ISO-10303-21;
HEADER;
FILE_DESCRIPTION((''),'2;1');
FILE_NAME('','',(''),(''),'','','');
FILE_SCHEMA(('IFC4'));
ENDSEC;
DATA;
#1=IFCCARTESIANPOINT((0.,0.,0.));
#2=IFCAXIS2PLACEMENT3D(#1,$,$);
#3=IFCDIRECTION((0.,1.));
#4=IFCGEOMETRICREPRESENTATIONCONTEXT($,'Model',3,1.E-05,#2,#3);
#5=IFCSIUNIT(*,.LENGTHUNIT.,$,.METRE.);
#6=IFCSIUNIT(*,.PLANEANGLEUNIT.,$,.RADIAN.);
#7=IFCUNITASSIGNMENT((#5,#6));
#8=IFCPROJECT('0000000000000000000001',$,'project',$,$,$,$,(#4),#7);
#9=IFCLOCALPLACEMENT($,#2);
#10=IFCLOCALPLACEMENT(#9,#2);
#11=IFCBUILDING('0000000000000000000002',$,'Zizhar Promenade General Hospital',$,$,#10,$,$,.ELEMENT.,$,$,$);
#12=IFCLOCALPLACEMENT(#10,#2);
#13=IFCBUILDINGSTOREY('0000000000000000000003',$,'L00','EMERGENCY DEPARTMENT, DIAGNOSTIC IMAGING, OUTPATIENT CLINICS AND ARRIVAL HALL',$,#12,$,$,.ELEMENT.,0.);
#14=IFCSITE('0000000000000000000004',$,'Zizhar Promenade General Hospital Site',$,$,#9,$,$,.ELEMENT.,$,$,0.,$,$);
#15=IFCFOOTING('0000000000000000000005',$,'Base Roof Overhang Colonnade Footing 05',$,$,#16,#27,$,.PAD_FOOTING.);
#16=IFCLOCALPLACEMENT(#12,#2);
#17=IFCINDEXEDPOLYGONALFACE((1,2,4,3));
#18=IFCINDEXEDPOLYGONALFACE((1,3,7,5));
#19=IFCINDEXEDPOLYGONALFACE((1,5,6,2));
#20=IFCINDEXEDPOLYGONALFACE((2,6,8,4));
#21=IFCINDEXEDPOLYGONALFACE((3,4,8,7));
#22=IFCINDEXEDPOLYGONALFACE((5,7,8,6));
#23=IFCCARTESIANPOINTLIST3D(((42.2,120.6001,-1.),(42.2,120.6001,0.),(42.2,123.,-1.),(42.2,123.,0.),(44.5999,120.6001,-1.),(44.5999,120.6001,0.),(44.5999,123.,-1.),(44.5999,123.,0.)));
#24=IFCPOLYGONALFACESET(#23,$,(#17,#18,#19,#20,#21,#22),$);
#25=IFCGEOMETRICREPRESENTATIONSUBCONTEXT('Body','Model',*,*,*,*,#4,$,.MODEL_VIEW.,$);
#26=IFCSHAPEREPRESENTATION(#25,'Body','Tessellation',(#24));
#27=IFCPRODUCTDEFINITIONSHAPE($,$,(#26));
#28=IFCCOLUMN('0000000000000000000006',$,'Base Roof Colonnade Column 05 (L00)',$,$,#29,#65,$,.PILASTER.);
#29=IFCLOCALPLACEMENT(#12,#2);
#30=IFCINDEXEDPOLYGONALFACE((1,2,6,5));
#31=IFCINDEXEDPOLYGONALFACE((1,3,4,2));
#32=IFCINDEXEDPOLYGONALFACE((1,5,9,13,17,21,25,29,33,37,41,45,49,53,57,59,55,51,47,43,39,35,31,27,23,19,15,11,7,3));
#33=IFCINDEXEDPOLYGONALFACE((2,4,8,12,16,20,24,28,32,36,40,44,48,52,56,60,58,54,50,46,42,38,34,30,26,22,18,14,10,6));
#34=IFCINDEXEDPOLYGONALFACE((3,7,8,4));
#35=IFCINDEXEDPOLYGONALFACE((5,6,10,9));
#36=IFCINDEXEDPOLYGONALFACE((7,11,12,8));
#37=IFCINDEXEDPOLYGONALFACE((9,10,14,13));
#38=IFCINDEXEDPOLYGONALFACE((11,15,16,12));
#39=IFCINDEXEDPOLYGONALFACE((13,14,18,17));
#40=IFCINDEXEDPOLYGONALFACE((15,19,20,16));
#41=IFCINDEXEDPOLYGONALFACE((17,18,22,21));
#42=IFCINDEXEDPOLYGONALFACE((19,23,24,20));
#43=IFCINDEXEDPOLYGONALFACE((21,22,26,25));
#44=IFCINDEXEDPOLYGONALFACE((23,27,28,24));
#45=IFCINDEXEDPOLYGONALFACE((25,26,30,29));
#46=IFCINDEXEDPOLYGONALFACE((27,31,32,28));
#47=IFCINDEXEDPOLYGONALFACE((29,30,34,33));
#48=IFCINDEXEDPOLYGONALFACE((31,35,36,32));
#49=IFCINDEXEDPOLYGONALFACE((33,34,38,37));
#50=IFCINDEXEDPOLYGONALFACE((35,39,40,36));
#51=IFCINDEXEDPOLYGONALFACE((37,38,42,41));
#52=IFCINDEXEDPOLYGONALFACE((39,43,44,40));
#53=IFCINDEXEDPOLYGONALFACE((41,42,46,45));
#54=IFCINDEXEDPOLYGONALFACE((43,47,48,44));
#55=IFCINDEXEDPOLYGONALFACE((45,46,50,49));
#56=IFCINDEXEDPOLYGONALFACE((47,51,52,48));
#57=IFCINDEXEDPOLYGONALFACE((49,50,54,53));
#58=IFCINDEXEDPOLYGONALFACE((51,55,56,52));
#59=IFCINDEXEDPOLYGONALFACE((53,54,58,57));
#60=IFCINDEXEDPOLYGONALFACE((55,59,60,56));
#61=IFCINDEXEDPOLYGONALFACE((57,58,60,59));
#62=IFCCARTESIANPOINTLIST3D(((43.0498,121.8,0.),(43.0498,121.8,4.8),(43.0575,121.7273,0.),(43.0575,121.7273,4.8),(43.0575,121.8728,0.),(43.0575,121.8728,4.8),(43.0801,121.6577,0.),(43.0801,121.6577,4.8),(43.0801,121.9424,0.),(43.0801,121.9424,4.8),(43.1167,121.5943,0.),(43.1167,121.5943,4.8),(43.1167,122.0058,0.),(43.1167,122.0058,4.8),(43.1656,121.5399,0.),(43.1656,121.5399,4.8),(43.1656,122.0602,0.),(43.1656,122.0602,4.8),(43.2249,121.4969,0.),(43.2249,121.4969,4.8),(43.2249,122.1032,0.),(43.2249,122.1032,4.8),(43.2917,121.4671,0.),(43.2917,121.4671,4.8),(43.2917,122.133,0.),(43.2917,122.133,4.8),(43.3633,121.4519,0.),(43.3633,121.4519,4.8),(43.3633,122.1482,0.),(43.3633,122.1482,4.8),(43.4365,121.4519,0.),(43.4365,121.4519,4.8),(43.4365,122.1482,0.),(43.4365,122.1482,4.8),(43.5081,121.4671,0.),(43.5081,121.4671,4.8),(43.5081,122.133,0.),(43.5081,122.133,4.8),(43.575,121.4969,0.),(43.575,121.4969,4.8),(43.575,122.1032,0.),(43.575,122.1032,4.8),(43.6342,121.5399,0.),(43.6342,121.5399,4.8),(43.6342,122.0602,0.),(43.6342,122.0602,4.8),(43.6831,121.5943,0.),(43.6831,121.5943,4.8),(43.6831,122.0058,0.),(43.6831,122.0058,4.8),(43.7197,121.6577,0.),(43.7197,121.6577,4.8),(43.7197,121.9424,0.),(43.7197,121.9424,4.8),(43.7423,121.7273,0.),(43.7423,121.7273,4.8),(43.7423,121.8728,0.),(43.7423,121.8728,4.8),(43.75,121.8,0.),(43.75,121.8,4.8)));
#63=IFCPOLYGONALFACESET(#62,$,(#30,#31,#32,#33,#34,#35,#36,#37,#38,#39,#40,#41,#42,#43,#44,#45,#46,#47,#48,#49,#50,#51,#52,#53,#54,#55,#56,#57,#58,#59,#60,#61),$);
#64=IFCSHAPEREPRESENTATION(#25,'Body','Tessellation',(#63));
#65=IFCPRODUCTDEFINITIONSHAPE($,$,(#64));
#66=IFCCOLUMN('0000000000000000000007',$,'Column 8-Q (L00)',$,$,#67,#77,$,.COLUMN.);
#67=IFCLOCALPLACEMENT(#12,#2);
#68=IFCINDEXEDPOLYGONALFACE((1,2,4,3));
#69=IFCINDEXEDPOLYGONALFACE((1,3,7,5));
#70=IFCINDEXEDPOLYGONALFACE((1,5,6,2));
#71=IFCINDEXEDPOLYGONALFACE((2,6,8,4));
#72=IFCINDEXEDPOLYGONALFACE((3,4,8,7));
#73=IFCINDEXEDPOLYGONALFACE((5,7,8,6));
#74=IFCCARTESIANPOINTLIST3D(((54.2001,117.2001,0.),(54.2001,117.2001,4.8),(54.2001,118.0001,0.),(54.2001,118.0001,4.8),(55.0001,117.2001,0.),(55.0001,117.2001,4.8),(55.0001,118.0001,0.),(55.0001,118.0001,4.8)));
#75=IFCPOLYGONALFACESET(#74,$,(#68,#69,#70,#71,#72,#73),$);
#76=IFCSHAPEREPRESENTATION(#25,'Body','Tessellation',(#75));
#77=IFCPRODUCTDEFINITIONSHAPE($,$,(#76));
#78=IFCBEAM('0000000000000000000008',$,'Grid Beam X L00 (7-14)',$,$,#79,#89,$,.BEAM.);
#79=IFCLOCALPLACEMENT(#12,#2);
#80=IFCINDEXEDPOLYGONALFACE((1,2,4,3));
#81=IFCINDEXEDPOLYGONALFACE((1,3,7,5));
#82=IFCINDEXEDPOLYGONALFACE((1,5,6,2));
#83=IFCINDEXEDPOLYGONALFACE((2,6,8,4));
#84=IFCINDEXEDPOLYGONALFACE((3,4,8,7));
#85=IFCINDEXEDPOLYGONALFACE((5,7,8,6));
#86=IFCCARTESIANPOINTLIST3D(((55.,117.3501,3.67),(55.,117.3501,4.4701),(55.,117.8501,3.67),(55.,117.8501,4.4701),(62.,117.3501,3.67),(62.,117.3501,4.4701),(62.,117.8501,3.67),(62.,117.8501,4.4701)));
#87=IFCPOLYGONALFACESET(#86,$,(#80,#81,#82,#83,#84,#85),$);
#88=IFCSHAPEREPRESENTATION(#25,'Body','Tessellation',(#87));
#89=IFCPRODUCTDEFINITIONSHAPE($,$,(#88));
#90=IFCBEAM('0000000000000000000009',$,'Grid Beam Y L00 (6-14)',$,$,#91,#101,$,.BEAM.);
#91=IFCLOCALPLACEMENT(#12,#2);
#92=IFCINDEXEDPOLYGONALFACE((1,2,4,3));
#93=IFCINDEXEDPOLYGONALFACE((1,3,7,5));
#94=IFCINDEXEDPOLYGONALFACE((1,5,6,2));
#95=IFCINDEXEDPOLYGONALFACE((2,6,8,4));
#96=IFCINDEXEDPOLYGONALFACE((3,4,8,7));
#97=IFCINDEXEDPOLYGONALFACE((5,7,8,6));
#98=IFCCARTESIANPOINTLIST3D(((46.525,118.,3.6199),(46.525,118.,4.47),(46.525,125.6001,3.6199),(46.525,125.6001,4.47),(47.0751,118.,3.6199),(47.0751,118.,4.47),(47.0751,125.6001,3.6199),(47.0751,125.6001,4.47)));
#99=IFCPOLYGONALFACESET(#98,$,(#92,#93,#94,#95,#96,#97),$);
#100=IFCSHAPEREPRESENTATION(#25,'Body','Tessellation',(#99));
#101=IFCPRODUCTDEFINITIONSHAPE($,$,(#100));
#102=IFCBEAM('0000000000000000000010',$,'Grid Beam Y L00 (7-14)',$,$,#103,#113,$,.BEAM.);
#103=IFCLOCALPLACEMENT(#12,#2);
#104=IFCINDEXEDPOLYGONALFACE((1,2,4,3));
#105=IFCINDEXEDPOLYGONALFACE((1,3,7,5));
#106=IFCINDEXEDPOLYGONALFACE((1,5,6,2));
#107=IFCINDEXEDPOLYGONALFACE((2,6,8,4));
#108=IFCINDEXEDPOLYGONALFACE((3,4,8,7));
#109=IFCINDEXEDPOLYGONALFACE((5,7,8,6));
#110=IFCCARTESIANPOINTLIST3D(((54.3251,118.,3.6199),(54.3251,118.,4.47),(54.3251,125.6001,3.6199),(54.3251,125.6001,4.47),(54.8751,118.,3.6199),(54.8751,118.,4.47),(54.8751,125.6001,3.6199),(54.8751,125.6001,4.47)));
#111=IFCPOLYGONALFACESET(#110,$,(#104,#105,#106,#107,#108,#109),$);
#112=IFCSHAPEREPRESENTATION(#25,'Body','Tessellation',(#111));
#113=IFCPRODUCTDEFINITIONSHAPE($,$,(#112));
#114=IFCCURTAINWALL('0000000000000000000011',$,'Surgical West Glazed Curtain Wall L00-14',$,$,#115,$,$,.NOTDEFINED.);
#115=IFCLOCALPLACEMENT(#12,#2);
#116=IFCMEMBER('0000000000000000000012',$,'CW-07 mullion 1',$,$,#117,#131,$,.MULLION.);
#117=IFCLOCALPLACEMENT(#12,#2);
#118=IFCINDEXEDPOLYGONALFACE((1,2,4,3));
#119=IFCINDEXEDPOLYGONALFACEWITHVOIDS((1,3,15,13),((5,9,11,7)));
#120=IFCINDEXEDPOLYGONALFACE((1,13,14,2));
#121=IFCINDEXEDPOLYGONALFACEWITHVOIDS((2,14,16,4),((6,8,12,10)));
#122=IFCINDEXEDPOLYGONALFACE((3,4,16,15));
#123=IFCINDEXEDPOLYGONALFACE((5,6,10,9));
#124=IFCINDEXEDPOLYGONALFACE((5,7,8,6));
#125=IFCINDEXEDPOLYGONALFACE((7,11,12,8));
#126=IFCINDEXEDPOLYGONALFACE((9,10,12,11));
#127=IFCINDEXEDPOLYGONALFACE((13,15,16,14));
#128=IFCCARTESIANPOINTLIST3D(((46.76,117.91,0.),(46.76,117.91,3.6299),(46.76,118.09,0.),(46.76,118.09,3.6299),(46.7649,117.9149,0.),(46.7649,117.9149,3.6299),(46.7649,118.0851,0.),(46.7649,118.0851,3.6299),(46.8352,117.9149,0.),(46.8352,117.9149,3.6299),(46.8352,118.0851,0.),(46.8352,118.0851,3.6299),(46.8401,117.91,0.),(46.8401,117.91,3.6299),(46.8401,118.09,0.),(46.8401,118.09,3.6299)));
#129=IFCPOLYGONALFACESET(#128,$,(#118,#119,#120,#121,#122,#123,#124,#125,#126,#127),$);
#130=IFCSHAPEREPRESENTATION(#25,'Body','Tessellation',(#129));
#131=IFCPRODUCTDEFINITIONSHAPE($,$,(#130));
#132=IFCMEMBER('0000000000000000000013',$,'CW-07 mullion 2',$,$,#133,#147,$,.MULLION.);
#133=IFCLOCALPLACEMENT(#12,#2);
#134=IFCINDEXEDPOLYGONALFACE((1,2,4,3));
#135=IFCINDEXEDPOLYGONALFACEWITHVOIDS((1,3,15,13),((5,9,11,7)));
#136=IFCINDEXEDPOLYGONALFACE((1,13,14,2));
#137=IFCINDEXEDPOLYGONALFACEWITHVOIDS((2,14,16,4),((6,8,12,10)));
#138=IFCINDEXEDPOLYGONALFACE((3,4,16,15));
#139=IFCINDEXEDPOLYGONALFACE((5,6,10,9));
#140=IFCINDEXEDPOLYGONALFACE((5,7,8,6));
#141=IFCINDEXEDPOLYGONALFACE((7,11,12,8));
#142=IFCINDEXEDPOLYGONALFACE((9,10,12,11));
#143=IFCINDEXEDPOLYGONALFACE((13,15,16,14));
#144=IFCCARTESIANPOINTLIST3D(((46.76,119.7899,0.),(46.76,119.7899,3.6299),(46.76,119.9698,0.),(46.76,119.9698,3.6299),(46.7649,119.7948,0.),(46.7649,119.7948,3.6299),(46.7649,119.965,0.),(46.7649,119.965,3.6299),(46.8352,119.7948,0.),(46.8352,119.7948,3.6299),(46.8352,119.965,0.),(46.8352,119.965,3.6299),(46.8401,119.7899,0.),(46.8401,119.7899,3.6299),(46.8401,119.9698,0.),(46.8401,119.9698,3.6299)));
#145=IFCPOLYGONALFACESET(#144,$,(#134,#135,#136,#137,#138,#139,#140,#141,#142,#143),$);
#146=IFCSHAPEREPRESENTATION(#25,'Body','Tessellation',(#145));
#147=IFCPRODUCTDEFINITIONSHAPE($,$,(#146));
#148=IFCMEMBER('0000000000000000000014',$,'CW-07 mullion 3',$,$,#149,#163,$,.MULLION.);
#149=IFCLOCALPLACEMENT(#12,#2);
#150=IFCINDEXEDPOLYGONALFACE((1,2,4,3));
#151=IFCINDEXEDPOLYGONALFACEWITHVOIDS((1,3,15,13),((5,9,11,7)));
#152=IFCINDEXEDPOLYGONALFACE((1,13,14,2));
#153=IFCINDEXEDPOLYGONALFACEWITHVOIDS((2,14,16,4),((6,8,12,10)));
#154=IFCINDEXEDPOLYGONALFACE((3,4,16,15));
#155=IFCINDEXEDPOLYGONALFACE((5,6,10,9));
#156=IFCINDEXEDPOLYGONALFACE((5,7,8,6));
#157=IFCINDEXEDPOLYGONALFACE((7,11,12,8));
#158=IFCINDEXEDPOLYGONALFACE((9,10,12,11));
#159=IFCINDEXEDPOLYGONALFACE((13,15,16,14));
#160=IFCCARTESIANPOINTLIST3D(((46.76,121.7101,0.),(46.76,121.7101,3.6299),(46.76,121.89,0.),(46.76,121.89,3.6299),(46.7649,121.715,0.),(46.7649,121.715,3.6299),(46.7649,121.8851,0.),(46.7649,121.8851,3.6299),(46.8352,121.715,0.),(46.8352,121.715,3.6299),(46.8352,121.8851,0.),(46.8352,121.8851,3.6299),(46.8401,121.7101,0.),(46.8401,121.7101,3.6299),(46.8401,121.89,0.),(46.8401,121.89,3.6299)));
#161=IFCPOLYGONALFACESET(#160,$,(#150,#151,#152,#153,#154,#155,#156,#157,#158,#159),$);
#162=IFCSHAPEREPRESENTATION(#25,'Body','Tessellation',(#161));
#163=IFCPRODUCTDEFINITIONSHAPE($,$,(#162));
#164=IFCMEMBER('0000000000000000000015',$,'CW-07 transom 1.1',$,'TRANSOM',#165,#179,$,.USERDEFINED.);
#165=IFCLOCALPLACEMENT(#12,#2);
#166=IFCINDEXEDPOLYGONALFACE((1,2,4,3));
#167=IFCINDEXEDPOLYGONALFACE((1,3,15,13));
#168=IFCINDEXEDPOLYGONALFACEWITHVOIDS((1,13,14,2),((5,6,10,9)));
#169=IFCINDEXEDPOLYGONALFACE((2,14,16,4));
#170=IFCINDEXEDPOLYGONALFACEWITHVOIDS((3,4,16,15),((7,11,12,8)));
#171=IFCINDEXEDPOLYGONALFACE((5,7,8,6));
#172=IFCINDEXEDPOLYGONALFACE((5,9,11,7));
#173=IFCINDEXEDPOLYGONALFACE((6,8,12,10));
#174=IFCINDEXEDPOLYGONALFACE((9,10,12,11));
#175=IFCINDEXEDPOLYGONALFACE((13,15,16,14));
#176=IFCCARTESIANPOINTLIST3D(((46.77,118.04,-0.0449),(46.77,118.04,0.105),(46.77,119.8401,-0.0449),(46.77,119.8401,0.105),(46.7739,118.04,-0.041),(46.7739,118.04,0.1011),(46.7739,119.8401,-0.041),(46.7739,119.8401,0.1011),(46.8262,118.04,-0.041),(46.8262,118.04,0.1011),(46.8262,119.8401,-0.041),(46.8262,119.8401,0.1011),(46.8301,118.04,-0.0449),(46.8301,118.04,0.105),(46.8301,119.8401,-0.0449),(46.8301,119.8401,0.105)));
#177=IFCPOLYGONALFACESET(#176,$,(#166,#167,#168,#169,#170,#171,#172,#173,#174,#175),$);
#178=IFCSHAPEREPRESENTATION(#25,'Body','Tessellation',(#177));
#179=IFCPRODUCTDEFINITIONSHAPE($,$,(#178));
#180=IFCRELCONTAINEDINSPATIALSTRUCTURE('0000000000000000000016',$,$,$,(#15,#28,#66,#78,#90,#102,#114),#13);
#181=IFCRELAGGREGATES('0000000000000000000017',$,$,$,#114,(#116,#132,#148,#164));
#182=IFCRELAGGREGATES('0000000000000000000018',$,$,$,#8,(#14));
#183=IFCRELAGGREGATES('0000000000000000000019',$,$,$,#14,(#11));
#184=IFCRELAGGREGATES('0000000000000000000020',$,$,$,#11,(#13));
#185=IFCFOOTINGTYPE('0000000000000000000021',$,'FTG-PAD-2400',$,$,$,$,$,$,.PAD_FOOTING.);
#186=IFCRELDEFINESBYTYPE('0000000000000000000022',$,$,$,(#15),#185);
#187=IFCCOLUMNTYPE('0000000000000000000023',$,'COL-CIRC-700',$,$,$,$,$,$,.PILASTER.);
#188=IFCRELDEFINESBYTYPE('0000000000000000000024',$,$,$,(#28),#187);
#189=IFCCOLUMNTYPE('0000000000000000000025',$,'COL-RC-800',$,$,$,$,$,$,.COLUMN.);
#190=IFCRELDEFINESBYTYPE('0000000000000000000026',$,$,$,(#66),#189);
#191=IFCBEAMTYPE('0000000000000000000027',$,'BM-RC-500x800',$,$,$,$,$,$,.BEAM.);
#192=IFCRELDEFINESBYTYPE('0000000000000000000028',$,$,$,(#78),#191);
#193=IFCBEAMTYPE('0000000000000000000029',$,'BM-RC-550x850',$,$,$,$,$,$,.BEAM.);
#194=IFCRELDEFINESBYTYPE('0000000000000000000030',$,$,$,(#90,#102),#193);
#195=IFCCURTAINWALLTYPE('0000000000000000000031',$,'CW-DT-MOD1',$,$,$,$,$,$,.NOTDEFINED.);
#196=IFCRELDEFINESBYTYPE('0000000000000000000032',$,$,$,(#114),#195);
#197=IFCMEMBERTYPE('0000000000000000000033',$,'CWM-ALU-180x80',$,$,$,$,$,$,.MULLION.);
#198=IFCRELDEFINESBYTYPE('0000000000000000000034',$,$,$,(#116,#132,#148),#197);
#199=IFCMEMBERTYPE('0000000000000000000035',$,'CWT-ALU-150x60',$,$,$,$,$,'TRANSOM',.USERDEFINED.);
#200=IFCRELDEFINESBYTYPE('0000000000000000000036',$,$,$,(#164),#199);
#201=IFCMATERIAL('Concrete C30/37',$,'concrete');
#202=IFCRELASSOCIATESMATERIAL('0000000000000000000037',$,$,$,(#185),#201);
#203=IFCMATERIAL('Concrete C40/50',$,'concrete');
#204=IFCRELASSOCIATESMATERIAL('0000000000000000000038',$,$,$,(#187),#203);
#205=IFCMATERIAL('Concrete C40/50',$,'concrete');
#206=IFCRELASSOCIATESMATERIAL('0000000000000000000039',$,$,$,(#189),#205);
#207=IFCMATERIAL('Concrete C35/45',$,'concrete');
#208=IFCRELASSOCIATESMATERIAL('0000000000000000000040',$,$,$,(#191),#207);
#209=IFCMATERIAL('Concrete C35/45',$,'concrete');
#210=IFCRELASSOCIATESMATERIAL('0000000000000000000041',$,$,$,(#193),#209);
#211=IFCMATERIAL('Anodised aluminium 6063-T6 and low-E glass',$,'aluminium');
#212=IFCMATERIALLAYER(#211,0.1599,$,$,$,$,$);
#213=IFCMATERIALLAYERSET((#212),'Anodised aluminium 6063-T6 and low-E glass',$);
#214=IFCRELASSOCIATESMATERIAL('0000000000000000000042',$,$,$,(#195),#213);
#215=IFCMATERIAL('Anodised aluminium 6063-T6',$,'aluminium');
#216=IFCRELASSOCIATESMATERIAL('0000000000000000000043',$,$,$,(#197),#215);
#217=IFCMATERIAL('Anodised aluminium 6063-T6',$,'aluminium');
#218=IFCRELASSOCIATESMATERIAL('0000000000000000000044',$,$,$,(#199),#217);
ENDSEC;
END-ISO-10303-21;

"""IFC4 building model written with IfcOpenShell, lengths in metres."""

from ifc_helpers import new_model, si_unit, direction, frame, origin, origin_2d, place, context, subcontext, project, spatial, rectangle, hollow_rectangle, circle, extrude, material, layer, layer_set, material_profile, profile_set, type_object, element, aggregate, save


model = new_model("IFC4")

# Units and contexts
model_context = context("Model", 3, precision=1e-05, world=origin(), true_north=direction((0.0, 1.0)))
body_context = subcontext(model_context, "Body", "Model", "MODEL_VIEW")
ifc_project = project(units=[si_unit("LENGTHUNIT", "METRE"), si_unit("PLANEANGLEUNIT", "RADIAN")], contexts=[model_context])

# Site, building, storey
site_placement = place(None, origin())
site = spatial("IfcSite", under=ifc_project, at=site_placement, Name="Zizhar Promenade General Hospital Site", CompositionType="ELEMENT", RefElevation=0.0)
building_placement = place(site_placement, origin())
building = spatial("IfcBuilding", under=site, at=building_placement, Name="Zizhar Promenade General Hospital", CompositionType="ELEMENT")
storey_placement = place(building_placement, origin())
storey = spatial("IfcBuildingStorey", under=building, at=storey_placement, Name="L00", Description="EMERGENCY DEPARTMENT, DIAGNOSTIC IMAGING, OUTPATIENT CLINICS AND ARRIVAL HALL", CompositionType="ELEMENT", Elevation=0.0)

# Footing
ifc_material_1 = material(Name="Concrete C30/37", Category="concrete")
footing_type = type_object("IfcFootingType", Name="FTG-PAD-2400", PredefinedType="PAD_FOOTING", material=ifc_material_1)
footing_placement = place(storey_placement, frame((43.3999, 121.8, -1.0), z_axis=(0.0, 0.0, 1.0), x_axis=(1.0, 0.0, 0.0)))
element("IfcFooting", 1, at=footing_placement, inside=storey, type_object=footing_type, Name="Base Roof Overhang Colonnade Footing 05", PredefinedType="PAD_FOOTING", context=body_context, shape_type="SweptSolid", body=[
    extrude(rectangle(XDim=2.3999, YDim=2.3999, at=origin_2d()), origin(), (0.0, 0.0, 1.0), 1.0),
])

# Columns
ifc_material_2 = material(Name="Concrete C40/50", Category="concrete")
ifc_material_profile_1 = material_profile(ifc_material_2, circle(Radius=0.3501, at=origin_2d()))
ifc_profile_set_1 = profile_set([ifc_material_profile_1], Name="Concrete C40/50")
column_type_1 = type_object("IfcColumnType", Name="COL-CIRC-700", PredefinedType="PILASTER", material=ifc_profile_set_1)
column_1_placement = place(storey_placement, frame((43.3999, 121.8, 0.0), z_axis=(0.0, 0.0, 1.0), x_axis=(1.0, 0.0, 0.0)))
element("IfcColumn", 2, at=column_1_placement, inside=storey, type_object=column_type_1, Name="Base Roof Colonnade Column 05 (L00)", PredefinedType="PILASTER", context=body_context, shape_type="SweptSolid", body=[
    extrude(circle(Radius=0.3501, at=origin_2d()), origin(), (0.0, 0.0, 1.0), 4.8),
])
ifc_material_3 = material(Name="Concrete C40/50", Category="concrete")
ifc_material_profile_2 = material_profile(ifc_material_3, rectangle(XDim=0.8, YDim=0.8, at=origin_2d()))
ifc_profile_set_2 = profile_set([ifc_material_profile_2], Name="Concrete C40/50")
column_type_2 = type_object("IfcColumnType", Name="COL-RC-800", PredefinedType="COLUMN", material=ifc_profile_set_2)
column_2_placement = place(storey_placement, frame((54.6001, 117.6001, 0.0), z_axis=(0.0, 0.0, 1.0), x_axis=(1.0, 0.0, 0.0)))
element("IfcColumn", 3, at=column_2_placement, inside=storey, type_object=column_type_2, Name="Column 8-Q (L00)", PredefinedType="COLUMN", context=body_context, shape_type="SweptSolid", body=[
    extrude(rectangle(XDim=0.8, YDim=0.8, at=origin_2d()), origin(), (0.0, 0.0, 1.0), 4.8),
])

# Beams
ifc_material_4 = material(Name="Concrete C35/45", Category="concrete")
ifc_material_profile_3 = material_profile(ifc_material_4, rectangle(XDim=0.5, YDim=0.8, at=origin_2d()))
ifc_profile_set_3 = profile_set([ifc_material_profile_3], Name="Concrete C35/45")
beam_type_1 = type_object("IfcBeamType", Name="BM-RC-500x800", PredefinedType="BEAM", material=ifc_profile_set_3)
beam_placement = place(storey_placement, frame((55.0, 117.6001, 4.0701), z_axis=(1.0, 0.0, 0.0), x_axis=(0.0, 1.0, 0.0)))
element("IfcBeam", 4, at=beam_placement, inside=storey, type_object=beam_type_1, Name="Grid Beam X L00 (7-14)", PredefinedType="BEAM", context=body_context, shape_type="SweptSolid", body=[
    extrude(rectangle(XDim=0.5, YDim=0.8, at=origin_2d()), origin(), (0.0, 0.0, 1.0), 7.0),
])
ifc_material_5 = material(Name="Concrete C35/45", Category="concrete")
ifc_material_profile_4 = material_profile(ifc_material_5, rectangle(XDim=0.55, YDim=0.8501, at=origin_2d()))
ifc_profile_set_4 = profile_set([ifc_material_profile_4], Name="Concrete C35/45")
beam_type_2 = type_object("IfcBeamType", Name="BM-RC-550x850", PredefinedType="BEAM", material=ifc_profile_set_4)
for number, where, z_axis, x_axis, name in (
    (5, (46.8, 118.0, 4.0449), (0.0, 1.0, 0.0), (-1.0, 0.0, 0.0), "Grid Beam Y L00 (6-14)"),
    (6, (54.6001, 118.0, 4.0449), (0.0, 1.0, 0.0), (-1.0, 0.0, 0.0), "Grid Beam Y L00 (7-14)"),
):
    element("IfcBeam", number, at=place(storey_placement, frame(where, z_axis=z_axis, x_axis=x_axis)), inside=storey, type_object=beam_type_2, Name=name, PredefinedType="BEAM", context=body_context, shape_type="SweptSolid", body=[
        extrude(rectangle(XDim=0.55, YDim=0.8501, at=origin_2d()), origin(), (0.0, 0.0, 1.0), 7.6001),
    ])

# Curtain wall, members
ifc_material_6 = material(Name="Anodised aluminium 6063-T6 and low-E glass", Category="aluminium")
ifc_layer_1 = layer(ifc_material_6, 0.1599)
ifc_layer_set_1 = layer_set([ifc_layer_1], Name="Anodised aluminium 6063-T6 and low-E glass")
curtain_wall_type = type_object("IfcCurtainWallType", Name="CW-DT-MOD1", PredefinedType="NOTDEFINED", material=ifc_layer_set_1)
curtain_wall_placement = place(storey_placement, origin())
curtain_wall = element("IfcCurtainWall", 7, at=curtain_wall_placement, inside=storey, type_object=curtain_wall_type, Name="Surgical West Glazed Curtain Wall L00-14", PredefinedType="NOTDEFINED")
ifc_material_7 = material(Name="Anodised aluminium 6063-T6", Category="aluminium")
ifc_material_profile_5 = material_profile(ifc_material_7, hollow_rectangle(XDim=0.0801, YDim=0.1799, WallThickness=0.0049, at=origin_2d()))
ifc_profile_set_5 = profile_set([ifc_material_profile_5], Name="Anodised aluminium 6063-T6")
member_type_1 = type_object("IfcMemberType", Name="CWM-ALU-180x80", PredefinedType="MULLION", material=ifc_profile_set_5)
member_1_placement = place(storey_placement, frame((46.8, 118.0, 0.0), z_axis=(0.0, 0.0, 1.0), x_axis=(-1.0, 0.0, 0.0)))
member_1 = element("IfcMember", 8, at=member_1_placement, type_object=member_type_1, Name="CW-07 mullion 1", PredefinedType="MULLION", context=body_context, shape_type="SweptSolid", body=[
    extrude(hollow_rectangle(XDim=0.0801, YDim=0.1799, WallThickness=0.0049, at=origin_2d()), origin(), (0.0, 0.0, 1.0), 3.6299),
])
member_2_placement = place(storey_placement, frame((46.8, 119.8799, 0.0), z_axis=(0.0, 0.0, 1.0), x_axis=(-1.0, 0.0, 0.0)))
member_2 = element("IfcMember", 9, at=member_2_placement, type_object=member_type_1, Name="CW-07 mullion 2", PredefinedType="MULLION", context=body_context, shape_type="SweptSolid", body=[
    extrude(hollow_rectangle(XDim=0.0801, YDim=0.1799, WallThickness=0.0049, at=origin_2d()), origin(), (0.0, 0.0, 1.0), 3.6299),
])
member_3_placement = place(storey_placement, frame((46.8, 121.8, 0.0), z_axis=(0.0, 0.0, 1.0), x_axis=(-1.0, 0.0, 0.0)))
member_3 = element("IfcMember", 10, at=member_3_placement, type_object=member_type_1, Name="CW-07 mullion 3", PredefinedType="MULLION", context=body_context, shape_type="SweptSolid", body=[
    extrude(hollow_rectangle(XDim=0.0801, YDim=0.1799, WallThickness=0.0049, at=origin_2d()), origin(), (0.0, 0.0, 1.0), 3.6299),
])
ifc_material_8 = material(Name="Anodised aluminium 6063-T6", Category="aluminium")
ifc_material_profile_6 = material_profile(ifc_material_8, hollow_rectangle(XDim=0.0601, YDim=0.1499, WallThickness=0.0039, at=origin_2d()))
ifc_profile_set_6 = profile_set([ifc_material_profile_6], Name="Anodised aluminium 6063-T6")
member_type_2 = type_object("IfcMemberType", Name="CWT-ALU-150x60", ElementType="TRANSOM", PredefinedType="USERDEFINED", material=ifc_profile_set_6)
member_4_placement = place(storey_placement, frame((46.8, 118.04, 0.03), z_axis=(0.0, 1.0, 0.0), x_axis=(-1.0, 0.0, 0.0)))
member_4 = element("IfcMember", 11, at=member_4_placement, type_object=member_type_2, Name="CW-07 transom 1.1", ObjectType="TRANSOM", PredefinedType="USERDEFINED", context=body_context, shape_type="SweptSolid", body=[
    extrude(hollow_rectangle(XDim=0.0601, YDim=0.1499, WallThickness=0.0039, at=origin_2d()), origin(), (0.0, 0.0, 1.0), 1.8),
])
aggregate(curtain_wall, [member_1, member_2, member_3, member_4])

save(model, "model.ifc")
